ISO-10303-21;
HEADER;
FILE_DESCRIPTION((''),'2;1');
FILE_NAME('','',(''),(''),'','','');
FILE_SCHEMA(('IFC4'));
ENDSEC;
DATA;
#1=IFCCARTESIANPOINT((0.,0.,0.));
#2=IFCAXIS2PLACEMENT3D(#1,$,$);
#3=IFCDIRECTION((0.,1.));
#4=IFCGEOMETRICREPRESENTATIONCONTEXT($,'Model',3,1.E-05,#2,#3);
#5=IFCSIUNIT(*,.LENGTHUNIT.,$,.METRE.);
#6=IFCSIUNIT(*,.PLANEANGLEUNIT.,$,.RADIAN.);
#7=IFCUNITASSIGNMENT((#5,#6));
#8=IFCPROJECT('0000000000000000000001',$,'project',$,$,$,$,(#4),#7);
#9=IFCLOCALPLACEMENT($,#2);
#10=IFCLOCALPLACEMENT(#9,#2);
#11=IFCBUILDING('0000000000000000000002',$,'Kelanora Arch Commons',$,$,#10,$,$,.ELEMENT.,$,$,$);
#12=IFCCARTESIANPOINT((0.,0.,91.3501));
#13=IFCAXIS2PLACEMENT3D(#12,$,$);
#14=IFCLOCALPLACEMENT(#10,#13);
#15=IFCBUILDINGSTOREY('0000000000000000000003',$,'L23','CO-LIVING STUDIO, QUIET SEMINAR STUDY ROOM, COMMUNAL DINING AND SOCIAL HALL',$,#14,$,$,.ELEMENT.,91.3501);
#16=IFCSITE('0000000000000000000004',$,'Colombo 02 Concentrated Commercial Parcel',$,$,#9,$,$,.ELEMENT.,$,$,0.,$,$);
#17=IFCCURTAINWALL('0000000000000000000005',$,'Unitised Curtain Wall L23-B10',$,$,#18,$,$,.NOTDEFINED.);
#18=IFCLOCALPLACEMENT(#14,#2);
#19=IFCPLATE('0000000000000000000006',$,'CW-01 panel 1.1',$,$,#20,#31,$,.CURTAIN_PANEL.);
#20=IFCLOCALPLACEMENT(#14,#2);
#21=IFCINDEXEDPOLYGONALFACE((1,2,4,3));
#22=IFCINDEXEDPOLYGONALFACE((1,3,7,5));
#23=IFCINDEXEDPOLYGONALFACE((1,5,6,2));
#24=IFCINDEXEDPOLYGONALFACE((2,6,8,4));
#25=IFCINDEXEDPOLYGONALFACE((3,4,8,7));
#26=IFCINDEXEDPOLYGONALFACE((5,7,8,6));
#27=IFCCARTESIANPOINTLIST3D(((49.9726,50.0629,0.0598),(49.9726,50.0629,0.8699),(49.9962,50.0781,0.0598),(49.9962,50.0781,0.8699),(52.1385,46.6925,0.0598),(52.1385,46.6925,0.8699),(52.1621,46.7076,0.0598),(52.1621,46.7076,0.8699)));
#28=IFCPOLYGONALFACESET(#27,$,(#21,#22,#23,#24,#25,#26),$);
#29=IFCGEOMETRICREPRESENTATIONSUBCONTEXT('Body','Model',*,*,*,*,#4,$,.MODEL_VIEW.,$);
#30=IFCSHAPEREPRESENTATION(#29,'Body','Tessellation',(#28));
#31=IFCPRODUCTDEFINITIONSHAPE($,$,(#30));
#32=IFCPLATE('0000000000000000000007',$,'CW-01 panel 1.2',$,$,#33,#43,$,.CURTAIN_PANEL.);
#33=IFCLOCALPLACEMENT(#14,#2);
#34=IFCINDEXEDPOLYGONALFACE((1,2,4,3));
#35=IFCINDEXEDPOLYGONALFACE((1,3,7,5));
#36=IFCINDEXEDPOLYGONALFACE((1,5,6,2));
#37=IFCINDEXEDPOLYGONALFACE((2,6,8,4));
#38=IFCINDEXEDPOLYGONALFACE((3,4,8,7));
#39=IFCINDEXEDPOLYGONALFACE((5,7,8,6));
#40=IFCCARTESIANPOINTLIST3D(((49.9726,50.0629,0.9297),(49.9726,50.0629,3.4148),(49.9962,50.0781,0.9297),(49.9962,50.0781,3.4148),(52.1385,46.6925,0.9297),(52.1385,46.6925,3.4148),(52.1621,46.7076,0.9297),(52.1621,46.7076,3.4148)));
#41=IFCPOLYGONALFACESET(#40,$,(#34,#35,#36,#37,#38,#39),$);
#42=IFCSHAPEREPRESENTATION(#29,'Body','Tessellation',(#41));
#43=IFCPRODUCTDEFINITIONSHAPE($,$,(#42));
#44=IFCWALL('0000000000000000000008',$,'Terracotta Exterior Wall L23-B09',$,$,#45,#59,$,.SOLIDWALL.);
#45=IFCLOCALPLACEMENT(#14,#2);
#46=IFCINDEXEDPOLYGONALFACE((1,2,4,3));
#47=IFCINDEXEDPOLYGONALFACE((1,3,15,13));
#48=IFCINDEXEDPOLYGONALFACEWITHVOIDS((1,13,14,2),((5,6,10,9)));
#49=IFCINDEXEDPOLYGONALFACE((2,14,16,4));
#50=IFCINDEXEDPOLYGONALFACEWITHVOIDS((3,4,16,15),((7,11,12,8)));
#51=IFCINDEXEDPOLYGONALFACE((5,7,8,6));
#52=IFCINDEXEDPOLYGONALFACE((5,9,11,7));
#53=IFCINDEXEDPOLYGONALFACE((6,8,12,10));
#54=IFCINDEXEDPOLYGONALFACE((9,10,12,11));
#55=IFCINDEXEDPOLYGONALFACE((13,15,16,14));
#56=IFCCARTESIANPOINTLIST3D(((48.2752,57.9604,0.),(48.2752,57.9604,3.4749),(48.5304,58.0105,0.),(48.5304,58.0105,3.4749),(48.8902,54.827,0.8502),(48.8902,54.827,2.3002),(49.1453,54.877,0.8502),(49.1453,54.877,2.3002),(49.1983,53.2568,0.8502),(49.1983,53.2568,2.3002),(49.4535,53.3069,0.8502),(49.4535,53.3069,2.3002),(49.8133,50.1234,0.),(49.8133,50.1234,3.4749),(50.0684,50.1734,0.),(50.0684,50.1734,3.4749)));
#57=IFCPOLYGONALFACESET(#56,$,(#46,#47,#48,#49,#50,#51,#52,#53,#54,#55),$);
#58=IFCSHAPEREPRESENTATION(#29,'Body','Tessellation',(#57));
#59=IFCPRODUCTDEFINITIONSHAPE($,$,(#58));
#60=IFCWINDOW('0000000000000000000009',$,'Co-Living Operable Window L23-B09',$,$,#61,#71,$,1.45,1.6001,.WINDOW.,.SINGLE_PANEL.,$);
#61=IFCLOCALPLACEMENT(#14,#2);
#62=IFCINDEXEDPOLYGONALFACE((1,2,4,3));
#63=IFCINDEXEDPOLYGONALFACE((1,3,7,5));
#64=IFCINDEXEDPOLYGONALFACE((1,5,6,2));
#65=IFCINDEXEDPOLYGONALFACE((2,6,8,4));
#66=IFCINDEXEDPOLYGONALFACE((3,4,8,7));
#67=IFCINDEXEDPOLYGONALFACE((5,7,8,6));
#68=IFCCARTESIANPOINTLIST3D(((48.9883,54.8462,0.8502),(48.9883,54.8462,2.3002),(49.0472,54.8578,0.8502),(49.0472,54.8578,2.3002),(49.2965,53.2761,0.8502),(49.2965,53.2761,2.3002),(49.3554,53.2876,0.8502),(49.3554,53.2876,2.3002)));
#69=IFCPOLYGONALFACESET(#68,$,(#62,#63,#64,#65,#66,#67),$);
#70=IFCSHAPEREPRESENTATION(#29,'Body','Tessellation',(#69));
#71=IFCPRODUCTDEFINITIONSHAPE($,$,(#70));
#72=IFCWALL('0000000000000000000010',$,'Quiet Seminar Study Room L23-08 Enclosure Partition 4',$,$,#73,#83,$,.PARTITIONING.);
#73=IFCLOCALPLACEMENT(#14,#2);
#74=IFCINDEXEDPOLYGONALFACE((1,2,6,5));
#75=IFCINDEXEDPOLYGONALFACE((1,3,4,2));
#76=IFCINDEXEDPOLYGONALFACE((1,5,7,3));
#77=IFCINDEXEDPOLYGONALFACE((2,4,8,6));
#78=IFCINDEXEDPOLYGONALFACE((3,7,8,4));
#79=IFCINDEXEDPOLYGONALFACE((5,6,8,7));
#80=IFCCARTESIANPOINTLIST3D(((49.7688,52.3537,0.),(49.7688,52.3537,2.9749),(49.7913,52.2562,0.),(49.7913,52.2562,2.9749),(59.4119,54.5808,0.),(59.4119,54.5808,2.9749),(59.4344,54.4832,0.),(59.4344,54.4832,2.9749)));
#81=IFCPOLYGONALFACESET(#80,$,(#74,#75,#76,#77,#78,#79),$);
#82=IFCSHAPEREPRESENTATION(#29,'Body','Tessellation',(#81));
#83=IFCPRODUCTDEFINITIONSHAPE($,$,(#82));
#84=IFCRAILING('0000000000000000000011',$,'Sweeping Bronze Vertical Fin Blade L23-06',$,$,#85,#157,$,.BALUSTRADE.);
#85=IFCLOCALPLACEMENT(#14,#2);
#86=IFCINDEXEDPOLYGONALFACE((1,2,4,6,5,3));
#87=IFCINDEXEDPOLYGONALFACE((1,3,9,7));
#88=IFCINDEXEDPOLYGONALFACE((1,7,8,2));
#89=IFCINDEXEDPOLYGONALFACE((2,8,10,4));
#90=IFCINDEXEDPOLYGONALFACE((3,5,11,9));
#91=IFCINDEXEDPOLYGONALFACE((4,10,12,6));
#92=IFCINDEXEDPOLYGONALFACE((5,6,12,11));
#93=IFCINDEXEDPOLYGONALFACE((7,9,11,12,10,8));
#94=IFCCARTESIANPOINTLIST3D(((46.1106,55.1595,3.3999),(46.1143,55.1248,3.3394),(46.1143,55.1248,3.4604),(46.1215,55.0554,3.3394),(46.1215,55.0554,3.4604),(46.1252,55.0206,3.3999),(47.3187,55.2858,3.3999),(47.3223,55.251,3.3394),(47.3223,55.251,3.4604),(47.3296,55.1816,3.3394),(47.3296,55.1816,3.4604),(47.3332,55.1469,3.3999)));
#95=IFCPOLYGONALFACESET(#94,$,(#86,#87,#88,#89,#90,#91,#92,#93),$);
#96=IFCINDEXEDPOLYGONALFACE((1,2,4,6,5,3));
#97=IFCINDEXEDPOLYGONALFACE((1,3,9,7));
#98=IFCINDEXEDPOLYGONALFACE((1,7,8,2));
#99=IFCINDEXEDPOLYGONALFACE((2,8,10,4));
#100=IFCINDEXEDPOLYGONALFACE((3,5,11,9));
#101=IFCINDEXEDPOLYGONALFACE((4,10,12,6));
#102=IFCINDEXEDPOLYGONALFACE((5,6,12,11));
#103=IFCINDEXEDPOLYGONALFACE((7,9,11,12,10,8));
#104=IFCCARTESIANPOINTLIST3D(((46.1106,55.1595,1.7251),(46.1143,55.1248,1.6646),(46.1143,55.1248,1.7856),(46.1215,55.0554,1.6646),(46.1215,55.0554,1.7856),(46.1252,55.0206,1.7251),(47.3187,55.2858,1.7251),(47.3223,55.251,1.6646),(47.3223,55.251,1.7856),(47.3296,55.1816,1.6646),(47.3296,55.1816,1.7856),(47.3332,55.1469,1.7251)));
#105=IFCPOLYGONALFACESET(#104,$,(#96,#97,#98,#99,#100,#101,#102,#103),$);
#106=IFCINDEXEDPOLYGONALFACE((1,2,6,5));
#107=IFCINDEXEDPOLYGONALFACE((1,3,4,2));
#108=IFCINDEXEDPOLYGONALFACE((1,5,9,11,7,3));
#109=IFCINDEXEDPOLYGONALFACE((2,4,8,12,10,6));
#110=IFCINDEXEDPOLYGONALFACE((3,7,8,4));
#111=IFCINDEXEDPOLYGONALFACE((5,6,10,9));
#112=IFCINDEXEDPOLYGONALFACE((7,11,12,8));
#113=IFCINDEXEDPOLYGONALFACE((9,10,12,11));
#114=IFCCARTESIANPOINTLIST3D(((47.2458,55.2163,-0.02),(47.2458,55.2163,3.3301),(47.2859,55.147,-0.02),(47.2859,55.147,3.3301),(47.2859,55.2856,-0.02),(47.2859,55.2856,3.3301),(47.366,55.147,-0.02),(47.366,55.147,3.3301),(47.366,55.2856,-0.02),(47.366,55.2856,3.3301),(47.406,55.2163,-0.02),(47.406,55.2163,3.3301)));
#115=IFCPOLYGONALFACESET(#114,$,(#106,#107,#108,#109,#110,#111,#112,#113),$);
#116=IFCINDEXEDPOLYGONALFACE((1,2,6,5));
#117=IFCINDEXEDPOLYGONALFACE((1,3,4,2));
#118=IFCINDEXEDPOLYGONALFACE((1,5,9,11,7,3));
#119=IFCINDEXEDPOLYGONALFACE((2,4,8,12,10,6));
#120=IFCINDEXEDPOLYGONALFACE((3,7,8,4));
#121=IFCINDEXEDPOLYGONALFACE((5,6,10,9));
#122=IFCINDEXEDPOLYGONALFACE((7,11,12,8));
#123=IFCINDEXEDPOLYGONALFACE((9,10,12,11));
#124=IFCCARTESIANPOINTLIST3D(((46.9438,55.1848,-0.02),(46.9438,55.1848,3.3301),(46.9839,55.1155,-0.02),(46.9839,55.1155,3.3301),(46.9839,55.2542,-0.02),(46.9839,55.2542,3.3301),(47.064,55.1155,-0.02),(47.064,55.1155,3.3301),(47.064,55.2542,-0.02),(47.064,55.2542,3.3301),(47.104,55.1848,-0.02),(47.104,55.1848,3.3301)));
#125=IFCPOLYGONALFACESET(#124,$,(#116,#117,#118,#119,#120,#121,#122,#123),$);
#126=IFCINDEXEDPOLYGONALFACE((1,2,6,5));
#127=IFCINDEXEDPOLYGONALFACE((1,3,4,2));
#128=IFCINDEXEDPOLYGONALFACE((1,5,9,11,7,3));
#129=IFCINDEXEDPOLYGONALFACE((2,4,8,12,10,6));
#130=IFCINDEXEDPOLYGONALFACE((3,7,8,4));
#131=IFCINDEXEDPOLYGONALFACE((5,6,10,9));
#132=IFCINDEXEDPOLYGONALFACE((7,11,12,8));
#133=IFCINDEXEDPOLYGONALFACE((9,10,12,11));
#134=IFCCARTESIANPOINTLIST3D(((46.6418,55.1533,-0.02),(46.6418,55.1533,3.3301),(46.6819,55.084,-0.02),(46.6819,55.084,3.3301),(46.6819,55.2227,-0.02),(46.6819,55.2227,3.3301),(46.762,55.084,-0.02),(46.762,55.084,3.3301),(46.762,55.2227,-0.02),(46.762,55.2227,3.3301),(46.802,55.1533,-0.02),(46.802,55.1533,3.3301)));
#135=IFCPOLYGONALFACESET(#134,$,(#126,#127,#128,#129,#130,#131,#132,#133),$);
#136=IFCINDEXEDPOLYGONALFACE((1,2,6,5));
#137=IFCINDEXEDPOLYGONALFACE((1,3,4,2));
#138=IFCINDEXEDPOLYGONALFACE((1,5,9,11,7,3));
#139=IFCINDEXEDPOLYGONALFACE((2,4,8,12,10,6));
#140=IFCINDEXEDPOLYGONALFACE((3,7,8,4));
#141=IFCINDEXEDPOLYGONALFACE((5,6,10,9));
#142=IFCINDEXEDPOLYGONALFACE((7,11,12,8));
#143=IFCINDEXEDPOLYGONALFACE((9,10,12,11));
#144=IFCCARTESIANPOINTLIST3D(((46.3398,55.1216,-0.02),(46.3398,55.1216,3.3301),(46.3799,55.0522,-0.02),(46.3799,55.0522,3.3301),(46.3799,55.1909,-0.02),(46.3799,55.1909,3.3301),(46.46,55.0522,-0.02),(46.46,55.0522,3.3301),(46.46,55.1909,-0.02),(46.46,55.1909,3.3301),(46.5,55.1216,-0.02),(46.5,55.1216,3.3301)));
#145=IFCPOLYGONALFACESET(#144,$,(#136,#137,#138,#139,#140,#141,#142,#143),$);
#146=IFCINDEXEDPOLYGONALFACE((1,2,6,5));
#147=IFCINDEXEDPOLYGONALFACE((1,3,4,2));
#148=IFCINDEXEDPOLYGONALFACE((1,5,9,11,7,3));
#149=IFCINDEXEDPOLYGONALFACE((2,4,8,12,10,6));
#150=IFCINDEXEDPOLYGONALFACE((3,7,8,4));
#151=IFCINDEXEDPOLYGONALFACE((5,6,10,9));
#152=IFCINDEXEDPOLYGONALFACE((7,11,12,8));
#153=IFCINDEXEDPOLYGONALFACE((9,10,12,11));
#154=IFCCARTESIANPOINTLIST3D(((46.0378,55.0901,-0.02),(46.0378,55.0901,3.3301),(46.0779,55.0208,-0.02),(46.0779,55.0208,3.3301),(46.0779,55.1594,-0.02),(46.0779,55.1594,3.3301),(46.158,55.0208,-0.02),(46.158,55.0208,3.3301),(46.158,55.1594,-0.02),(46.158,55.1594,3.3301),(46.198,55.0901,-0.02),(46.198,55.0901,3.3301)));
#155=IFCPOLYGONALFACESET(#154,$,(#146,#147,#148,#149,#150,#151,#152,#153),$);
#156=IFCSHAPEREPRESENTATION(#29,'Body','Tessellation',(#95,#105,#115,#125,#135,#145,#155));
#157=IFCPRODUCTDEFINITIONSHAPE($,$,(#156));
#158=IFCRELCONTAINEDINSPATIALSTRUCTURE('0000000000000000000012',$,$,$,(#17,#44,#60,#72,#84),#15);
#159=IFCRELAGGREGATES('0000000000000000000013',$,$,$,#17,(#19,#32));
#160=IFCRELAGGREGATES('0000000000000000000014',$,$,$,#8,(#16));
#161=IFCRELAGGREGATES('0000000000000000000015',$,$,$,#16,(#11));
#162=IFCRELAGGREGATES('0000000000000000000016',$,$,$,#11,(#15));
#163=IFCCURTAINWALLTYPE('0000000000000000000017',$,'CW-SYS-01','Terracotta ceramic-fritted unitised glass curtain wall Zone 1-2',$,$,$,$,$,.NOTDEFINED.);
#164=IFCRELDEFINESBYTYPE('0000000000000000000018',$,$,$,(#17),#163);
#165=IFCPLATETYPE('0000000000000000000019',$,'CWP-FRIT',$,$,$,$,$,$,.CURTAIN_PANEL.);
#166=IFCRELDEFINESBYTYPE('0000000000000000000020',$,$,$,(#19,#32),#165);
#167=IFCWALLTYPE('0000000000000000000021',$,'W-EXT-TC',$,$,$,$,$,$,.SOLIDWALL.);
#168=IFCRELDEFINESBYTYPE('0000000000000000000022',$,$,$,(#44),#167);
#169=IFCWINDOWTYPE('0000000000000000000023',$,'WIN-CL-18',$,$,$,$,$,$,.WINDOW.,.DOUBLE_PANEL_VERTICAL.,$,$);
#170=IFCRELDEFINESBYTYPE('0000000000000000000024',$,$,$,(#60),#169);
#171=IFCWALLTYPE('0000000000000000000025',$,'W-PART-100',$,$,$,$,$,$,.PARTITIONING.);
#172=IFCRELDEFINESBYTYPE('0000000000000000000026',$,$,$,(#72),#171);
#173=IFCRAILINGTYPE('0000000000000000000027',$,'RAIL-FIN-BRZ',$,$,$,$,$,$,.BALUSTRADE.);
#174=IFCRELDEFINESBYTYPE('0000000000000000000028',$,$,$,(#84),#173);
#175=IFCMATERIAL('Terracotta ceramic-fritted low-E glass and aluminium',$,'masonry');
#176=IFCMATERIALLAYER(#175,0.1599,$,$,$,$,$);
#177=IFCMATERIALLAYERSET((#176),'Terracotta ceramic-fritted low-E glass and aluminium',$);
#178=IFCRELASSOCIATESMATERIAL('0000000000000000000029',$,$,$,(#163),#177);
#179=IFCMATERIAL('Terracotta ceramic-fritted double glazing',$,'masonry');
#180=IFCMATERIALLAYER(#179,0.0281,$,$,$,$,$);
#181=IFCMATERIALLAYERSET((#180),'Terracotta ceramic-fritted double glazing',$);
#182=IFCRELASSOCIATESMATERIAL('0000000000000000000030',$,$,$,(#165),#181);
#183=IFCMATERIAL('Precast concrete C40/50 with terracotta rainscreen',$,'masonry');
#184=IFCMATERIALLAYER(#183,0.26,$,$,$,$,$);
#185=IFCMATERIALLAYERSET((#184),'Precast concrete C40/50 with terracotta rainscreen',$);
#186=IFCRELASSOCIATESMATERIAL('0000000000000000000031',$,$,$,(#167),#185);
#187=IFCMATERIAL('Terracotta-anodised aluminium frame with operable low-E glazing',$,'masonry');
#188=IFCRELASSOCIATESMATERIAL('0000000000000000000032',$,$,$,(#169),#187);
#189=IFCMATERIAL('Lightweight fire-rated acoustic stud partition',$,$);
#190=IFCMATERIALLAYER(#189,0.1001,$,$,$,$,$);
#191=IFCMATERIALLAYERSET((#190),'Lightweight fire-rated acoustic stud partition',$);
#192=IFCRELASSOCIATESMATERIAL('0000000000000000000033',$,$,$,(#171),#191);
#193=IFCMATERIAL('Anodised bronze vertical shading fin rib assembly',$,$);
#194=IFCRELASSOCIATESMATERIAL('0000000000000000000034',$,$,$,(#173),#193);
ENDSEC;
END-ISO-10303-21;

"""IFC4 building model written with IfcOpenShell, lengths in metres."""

from ifc_helpers import new_model, si_unit, direction, frame, frame_2d, origin, origin_2d, place, context, subcontext, project, spatial, polyline, rectangle, outline, extrude, source, transform, mapped, material, layer, layer_set, type_object, element, fill, aggregate, save


model = new_model("IFC4")

# Units and contexts
model_context = context("Model", 3, precision=1e-05, world=origin(), true_north=direction((0.0, 1.0)))
body_context = subcontext(model_context, "Body", "Model", "MODEL_VIEW")
ifc_project = project(units=[si_unit("LENGTHUNIT", "METRE"), si_unit("PLANEANGLEUNIT", "RADIAN")], contexts=[model_context])

# Site, building, storey
site_placement = place(None, origin())
site = spatial("IfcSite", under=ifc_project, at=site_placement, Name="Colombo 02 Concentrated Commercial Parcel", CompositionType="ELEMENT", RefElevation=0.0)
building_placement = place(site_placement, origin())
building = spatial("IfcBuilding", under=site, at=building_placement, Name="Kelanora Arch Commons", CompositionType="ELEMENT")
storey_placement = place(building_placement, frame((0.0, 0.0, 91.3501)))
storey = spatial("IfcBuildingStorey", under=building, at=storey_placement, Name="L23", Description="CO-LIVING STUDIO, QUIET SEMINAR STUDY ROOM, COMMUNAL DINING AND SOCIAL HALL", CompositionType="ELEMENT", Elevation=91.3501)

# Shared definitions
ifc_material_1 = material(Name="Terracotta ceramic-fritted low-E glass and aluminium", Category="masonry")
ifc_layer_1 = layer(ifc_material_1, 0.1599)
ifc_layer_set_1 = layer_set([ifc_layer_1], Name="Terracotta ceramic-fritted low-E glass and aluminium")
curtain_wall_type = type_object("IfcCurtainWallType", Name="CW-SYS-01", Description="Terracotta ceramic-fritted unitised glass curtain wall Zone 1-2", PredefinedType="NOTDEFINED", material=ifc_layer_set_1)

# Curtain wall
curtain_wall_1_placement = place(storey_placement, origin())
curtain_wall_1 = element("IfcCurtainWall", 1, at=curtain_wall_1_placement, inside=storey, type_object=curtain_wall_type, Name="Unitised Curtain Wall L23-B10", PredefinedType="NOTDEFINED")

# Plates
ifc_material_2 = material(Name="Terracotta ceramic-fritted double glazing", Category="masonry")
ifc_layer_2 = layer(ifc_material_2, 0.0281)
ifc_layer_set_2 = layer_set([ifc_layer_2], Name="Terracotta ceramic-fritted double glazing")
plate_type = type_object("IfcPlateType", Name="CWP-FRIT", PredefinedType="CURTAIN_PANEL", material=ifc_layer_set_2)
shared_shape_1 = source(origin(), body_context, "Body", "SweptSolid", [
    extrude(rectangle(XDim=4.0063, YDim=0.0281, at=origin_2d()), origin(), (0.0, 0.0, 1.0), 0.8101),
])
plate_1_placement = place(storey_placement, frame((51.0674, 48.3853, 0.0598), z_axis=(0.0, 0.0, 1.0), x_axis=(0.540617, -0.841269, 0.0)))
plate_1 = element("IfcPlate", 2, at=plate_1_placement, type_object=plate_type, Name="CW-01 panel 1.1", PredefinedType="CURTAIN_PANEL", context=body_context, shape_type="MappedRepresentation", body=[
    mapped(shared_shape_1, transform((0.0, 0.0, 0.0), scale=1.0)),
])
shared_shape_2 = source(origin(), body_context, "Body", "SweptSolid", [
    extrude(rectangle(XDim=4.0063, YDim=0.0281, at=origin_2d()), origin(), (0.0, 0.0, 1.0), 2.4851),
])
plate_2_placement = place(storey_placement, frame((51.0674, 48.3853, 0.9297), z_axis=(0.0, 0.0, 1.0), x_axis=(0.540617, -0.841269, 0.0)))
plate_2 = element("IfcPlate", 3, at=plate_2_placement, type_object=plate_type, Name="CW-01 panel 1.2", PredefinedType="CURTAIN_PANEL", context=body_context, shape_type="MappedRepresentation", body=[
    mapped(shared_shape_2, transform((0.0, 0.0, 0.0), scale=1.0)),
])
aggregate(curtain_wall_1, [plate_1, plate_2])

# Wall, opening, window
ifc_material_3 = material(Name="Precast concrete C40/50 with terracotta rainscreen", Category="masonry")
ifc_layer_3 = layer(ifc_material_3, 0.26)
ifc_layer_set_3 = layer_set([ifc_layer_3], Name="Precast concrete C40/50 with terracotta rainscreen")
wall_type_1 = type_object("IfcWallType", Name="W-EXT-TC", PredefinedType="SOLIDWALL", material=ifc_layer_set_3)
wall_1_placement = place(storey_placement, frame((48.4028, 57.9854, 0.0), z_axis=(0.0, 0.0, 1.0), x_axis=(0.192582, -0.981281, 0.0)))
wall_1 = element("IfcWall", 4, at=wall_1_placement, inside=storey, type_object=wall_type_1, Name="Terracotta Exterior Wall L23-B09", PredefinedType="SOLIDWALL", context=body_context, shape_type="SweptSolid", body=[
    extrude(rectangle(XDim=7.9866, YDim=0.26, at=frame_2d((3.9932, 0.0))), origin(), (0.0, 0.0, 1.0), 3.4749),
])
opening_placement = place(wall_1_placement, frame((3.1931, 0.0, 0.8501)))
opening = element("IfcOpeningElement", 5, at=opening_placement, cuts=wall_1, PredefinedType="OPENING", context=body_context, shape_type="SweptSolid", body=[
    extrude(rectangle(XDim=1.6001, YDim=1.45, at=frame_2d((0.8, 0.7251))), frame((0.0, 0.1401, 0.0), z_axis=(0.0, -1.0, 0.0), x_axis=(1.0, 0.0, 0.0)), (0.0, 0.0, 1.0), 0.28),
])
ifc_material_4 = material(Name="Terracotta-anodised aluminium frame with operable low-E glazing", Category="masonry")
window_type = type_object("IfcWindowType", Name="WIN-CL-18", PartitioningType="DOUBLE_PANEL_VERTICAL", PredefinedType="WINDOW", material=ifc_material_4)
window_placement = place(opening_placement, origin())
window = element("IfcWindow", 6, at=window_placement, inside=storey, type_object=window_type, Name="Co-Living Operable Window L23-B09", OverallHeight=1.45, OverallWidth=1.6001, PartitioningType="SINGLE_PANEL", PredefinedType="WINDOW", context=body_context, shape_type="SweptSolid", body=[
    extrude(rectangle(XDim=1.6001, YDim=1.45, at=frame_2d((0.8, 0.7251))), frame((0.0, 0.03, 0.0), z_axis=(0.0, -1.0, 0.0), x_axis=(1.0, 0.0, 0.0)), (0.0, 0.0, 1.0), 0.0601),
])
fill(opening, window)

# Wall
ifc_material_5 = material(Name="Lightweight fire-rated acoustic stud partition")
ifc_layer_4 = layer(ifc_material_5, 0.1001)
ifc_layer_set_4 = layer_set([ifc_layer_4], Name="Lightweight fire-rated acoustic stud partition")
wall_type_2 = type_object("IfcWallType", Name="W-PART-100", PredefinedType="PARTITIONING", material=ifc_layer_set_4)
wall_2_placement = place(storey_placement, frame((49.78, 52.3049, 0.0), z_axis=(0.0, 0.0, 1.0), x_axis=(0.974353, 0.225025, 0.0)))
element("IfcWall", 7, at=wall_2_placement, inside=storey, type_object=wall_type_2, Name="Quiet Seminar Study Room L23-08 Enclosure Partition 4", PredefinedType="PARTITIONING", context=body_context, shape_type="SweptSolid", body=[
    extrude(rectangle(XDim=9.897, YDim=0.1001, at=frame_2d((4.9485, 0.0))), origin(), (0.0, 0.0, 1.0), 2.9749),
])

# Railing
ifc_material_6 = material(Name="Anodised bronze vertical shading fin rib assembly")
railing_type = type_object("IfcRailingType", Name="RAIL-FIN-BRZ", PredefinedType="BALUSTRADE", material=ifc_material_6)
railing_1_placement = place(storey_placement, frame((47.3259, 55.2163, -0.02)))
element("IfcRailing", 8, at=railing_1_placement, inside=storey, type_object=railing_type, Name="Sweeping Bronze Vertical Fin Blade L23-06", PredefinedType="BALUSTRADE", context=body_context, shape_type="SweptSolid", body=[
    extrude(outline(polyline([(0.0698, 0.0), (0.0349, 0.0605), (-0.0349, 0.0605), (-0.0698, 0.0), (-0.0349, -0.0605), (0.0349, -0.0605), (0.0698, 0.0)])), frame((0.0, 0.0, 3.4199), z_axis=(-0.994586, -0.103921, 0.0), x_axis=(0.103921, -0.994586, 0.0)), (0.0, 0.0, 1.0), 1.2146),
    extrude(outline(polyline([(0.0698, 0.0), (0.0349, 0.0605), (-0.0349, 0.0605), (-0.0698, 0.0), (-0.0349, -0.0605), (0.0349, -0.0605), (0.0698, 0.0)])), frame((0.0, 0.0, 1.7451), z_axis=(-0.994586, -0.103921, 0.0), x_axis=(0.103921, -0.994586, 0.0)), (0.0, 0.0, 1.0), 1.2146),
    extrude(outline(polyline([(0.0801, 0.0), (0.04, 0.0693), (-0.04, 0.0693), (-0.0801, 0.0), (-0.04, -0.0693), (0.04, -0.0693), (0.0801, 0.0)])), origin(), (0.0, 0.0, 1.0), 3.3501),
    extrude(outline(polyline([(0.0801, 0.0), (0.04, 0.0693), (-0.04, 0.0693), (-0.0801, 0.0), (-0.04, -0.0693), (0.04, -0.0693), (0.0801, 0.0)])), frame((-0.302, -0.0315, 0.0)), (0.0, 0.0, 1.0), 3.3501),
    extrude(outline(polyline([(0.0801, 0.0), (0.04, 0.0693), (-0.04, 0.0693), (-0.0801, 0.0), (-0.04, -0.0693), (0.04, -0.0693), (0.0801, 0.0)])), frame((-0.604, -0.063, 0.0)), (0.0, 0.0, 1.0), 3.3501),
    extrude(outline(polyline([(0.0801, 0.0), (0.04, 0.0693), (-0.04, 0.0693), (-0.0801, 0.0), (-0.04, -0.0693), (0.04, -0.0693), (0.0801, 0.0)])), frame((-0.906, -0.0947, 0.0)), (0.0, 0.0, 1.0), 3.3501),
    extrude(outline(polyline([(0.0801, 0.0), (0.04, 0.0693), (-0.04, 0.0693), (-0.0801, 0.0), (-0.04, -0.0693), (0.04, -0.0693), (0.0801, 0.0)])), frame((-1.208, -0.1262, 0.0)), (0.0, 0.0, 1.0), 3.3501),
])

save(model, "model.ifc")
